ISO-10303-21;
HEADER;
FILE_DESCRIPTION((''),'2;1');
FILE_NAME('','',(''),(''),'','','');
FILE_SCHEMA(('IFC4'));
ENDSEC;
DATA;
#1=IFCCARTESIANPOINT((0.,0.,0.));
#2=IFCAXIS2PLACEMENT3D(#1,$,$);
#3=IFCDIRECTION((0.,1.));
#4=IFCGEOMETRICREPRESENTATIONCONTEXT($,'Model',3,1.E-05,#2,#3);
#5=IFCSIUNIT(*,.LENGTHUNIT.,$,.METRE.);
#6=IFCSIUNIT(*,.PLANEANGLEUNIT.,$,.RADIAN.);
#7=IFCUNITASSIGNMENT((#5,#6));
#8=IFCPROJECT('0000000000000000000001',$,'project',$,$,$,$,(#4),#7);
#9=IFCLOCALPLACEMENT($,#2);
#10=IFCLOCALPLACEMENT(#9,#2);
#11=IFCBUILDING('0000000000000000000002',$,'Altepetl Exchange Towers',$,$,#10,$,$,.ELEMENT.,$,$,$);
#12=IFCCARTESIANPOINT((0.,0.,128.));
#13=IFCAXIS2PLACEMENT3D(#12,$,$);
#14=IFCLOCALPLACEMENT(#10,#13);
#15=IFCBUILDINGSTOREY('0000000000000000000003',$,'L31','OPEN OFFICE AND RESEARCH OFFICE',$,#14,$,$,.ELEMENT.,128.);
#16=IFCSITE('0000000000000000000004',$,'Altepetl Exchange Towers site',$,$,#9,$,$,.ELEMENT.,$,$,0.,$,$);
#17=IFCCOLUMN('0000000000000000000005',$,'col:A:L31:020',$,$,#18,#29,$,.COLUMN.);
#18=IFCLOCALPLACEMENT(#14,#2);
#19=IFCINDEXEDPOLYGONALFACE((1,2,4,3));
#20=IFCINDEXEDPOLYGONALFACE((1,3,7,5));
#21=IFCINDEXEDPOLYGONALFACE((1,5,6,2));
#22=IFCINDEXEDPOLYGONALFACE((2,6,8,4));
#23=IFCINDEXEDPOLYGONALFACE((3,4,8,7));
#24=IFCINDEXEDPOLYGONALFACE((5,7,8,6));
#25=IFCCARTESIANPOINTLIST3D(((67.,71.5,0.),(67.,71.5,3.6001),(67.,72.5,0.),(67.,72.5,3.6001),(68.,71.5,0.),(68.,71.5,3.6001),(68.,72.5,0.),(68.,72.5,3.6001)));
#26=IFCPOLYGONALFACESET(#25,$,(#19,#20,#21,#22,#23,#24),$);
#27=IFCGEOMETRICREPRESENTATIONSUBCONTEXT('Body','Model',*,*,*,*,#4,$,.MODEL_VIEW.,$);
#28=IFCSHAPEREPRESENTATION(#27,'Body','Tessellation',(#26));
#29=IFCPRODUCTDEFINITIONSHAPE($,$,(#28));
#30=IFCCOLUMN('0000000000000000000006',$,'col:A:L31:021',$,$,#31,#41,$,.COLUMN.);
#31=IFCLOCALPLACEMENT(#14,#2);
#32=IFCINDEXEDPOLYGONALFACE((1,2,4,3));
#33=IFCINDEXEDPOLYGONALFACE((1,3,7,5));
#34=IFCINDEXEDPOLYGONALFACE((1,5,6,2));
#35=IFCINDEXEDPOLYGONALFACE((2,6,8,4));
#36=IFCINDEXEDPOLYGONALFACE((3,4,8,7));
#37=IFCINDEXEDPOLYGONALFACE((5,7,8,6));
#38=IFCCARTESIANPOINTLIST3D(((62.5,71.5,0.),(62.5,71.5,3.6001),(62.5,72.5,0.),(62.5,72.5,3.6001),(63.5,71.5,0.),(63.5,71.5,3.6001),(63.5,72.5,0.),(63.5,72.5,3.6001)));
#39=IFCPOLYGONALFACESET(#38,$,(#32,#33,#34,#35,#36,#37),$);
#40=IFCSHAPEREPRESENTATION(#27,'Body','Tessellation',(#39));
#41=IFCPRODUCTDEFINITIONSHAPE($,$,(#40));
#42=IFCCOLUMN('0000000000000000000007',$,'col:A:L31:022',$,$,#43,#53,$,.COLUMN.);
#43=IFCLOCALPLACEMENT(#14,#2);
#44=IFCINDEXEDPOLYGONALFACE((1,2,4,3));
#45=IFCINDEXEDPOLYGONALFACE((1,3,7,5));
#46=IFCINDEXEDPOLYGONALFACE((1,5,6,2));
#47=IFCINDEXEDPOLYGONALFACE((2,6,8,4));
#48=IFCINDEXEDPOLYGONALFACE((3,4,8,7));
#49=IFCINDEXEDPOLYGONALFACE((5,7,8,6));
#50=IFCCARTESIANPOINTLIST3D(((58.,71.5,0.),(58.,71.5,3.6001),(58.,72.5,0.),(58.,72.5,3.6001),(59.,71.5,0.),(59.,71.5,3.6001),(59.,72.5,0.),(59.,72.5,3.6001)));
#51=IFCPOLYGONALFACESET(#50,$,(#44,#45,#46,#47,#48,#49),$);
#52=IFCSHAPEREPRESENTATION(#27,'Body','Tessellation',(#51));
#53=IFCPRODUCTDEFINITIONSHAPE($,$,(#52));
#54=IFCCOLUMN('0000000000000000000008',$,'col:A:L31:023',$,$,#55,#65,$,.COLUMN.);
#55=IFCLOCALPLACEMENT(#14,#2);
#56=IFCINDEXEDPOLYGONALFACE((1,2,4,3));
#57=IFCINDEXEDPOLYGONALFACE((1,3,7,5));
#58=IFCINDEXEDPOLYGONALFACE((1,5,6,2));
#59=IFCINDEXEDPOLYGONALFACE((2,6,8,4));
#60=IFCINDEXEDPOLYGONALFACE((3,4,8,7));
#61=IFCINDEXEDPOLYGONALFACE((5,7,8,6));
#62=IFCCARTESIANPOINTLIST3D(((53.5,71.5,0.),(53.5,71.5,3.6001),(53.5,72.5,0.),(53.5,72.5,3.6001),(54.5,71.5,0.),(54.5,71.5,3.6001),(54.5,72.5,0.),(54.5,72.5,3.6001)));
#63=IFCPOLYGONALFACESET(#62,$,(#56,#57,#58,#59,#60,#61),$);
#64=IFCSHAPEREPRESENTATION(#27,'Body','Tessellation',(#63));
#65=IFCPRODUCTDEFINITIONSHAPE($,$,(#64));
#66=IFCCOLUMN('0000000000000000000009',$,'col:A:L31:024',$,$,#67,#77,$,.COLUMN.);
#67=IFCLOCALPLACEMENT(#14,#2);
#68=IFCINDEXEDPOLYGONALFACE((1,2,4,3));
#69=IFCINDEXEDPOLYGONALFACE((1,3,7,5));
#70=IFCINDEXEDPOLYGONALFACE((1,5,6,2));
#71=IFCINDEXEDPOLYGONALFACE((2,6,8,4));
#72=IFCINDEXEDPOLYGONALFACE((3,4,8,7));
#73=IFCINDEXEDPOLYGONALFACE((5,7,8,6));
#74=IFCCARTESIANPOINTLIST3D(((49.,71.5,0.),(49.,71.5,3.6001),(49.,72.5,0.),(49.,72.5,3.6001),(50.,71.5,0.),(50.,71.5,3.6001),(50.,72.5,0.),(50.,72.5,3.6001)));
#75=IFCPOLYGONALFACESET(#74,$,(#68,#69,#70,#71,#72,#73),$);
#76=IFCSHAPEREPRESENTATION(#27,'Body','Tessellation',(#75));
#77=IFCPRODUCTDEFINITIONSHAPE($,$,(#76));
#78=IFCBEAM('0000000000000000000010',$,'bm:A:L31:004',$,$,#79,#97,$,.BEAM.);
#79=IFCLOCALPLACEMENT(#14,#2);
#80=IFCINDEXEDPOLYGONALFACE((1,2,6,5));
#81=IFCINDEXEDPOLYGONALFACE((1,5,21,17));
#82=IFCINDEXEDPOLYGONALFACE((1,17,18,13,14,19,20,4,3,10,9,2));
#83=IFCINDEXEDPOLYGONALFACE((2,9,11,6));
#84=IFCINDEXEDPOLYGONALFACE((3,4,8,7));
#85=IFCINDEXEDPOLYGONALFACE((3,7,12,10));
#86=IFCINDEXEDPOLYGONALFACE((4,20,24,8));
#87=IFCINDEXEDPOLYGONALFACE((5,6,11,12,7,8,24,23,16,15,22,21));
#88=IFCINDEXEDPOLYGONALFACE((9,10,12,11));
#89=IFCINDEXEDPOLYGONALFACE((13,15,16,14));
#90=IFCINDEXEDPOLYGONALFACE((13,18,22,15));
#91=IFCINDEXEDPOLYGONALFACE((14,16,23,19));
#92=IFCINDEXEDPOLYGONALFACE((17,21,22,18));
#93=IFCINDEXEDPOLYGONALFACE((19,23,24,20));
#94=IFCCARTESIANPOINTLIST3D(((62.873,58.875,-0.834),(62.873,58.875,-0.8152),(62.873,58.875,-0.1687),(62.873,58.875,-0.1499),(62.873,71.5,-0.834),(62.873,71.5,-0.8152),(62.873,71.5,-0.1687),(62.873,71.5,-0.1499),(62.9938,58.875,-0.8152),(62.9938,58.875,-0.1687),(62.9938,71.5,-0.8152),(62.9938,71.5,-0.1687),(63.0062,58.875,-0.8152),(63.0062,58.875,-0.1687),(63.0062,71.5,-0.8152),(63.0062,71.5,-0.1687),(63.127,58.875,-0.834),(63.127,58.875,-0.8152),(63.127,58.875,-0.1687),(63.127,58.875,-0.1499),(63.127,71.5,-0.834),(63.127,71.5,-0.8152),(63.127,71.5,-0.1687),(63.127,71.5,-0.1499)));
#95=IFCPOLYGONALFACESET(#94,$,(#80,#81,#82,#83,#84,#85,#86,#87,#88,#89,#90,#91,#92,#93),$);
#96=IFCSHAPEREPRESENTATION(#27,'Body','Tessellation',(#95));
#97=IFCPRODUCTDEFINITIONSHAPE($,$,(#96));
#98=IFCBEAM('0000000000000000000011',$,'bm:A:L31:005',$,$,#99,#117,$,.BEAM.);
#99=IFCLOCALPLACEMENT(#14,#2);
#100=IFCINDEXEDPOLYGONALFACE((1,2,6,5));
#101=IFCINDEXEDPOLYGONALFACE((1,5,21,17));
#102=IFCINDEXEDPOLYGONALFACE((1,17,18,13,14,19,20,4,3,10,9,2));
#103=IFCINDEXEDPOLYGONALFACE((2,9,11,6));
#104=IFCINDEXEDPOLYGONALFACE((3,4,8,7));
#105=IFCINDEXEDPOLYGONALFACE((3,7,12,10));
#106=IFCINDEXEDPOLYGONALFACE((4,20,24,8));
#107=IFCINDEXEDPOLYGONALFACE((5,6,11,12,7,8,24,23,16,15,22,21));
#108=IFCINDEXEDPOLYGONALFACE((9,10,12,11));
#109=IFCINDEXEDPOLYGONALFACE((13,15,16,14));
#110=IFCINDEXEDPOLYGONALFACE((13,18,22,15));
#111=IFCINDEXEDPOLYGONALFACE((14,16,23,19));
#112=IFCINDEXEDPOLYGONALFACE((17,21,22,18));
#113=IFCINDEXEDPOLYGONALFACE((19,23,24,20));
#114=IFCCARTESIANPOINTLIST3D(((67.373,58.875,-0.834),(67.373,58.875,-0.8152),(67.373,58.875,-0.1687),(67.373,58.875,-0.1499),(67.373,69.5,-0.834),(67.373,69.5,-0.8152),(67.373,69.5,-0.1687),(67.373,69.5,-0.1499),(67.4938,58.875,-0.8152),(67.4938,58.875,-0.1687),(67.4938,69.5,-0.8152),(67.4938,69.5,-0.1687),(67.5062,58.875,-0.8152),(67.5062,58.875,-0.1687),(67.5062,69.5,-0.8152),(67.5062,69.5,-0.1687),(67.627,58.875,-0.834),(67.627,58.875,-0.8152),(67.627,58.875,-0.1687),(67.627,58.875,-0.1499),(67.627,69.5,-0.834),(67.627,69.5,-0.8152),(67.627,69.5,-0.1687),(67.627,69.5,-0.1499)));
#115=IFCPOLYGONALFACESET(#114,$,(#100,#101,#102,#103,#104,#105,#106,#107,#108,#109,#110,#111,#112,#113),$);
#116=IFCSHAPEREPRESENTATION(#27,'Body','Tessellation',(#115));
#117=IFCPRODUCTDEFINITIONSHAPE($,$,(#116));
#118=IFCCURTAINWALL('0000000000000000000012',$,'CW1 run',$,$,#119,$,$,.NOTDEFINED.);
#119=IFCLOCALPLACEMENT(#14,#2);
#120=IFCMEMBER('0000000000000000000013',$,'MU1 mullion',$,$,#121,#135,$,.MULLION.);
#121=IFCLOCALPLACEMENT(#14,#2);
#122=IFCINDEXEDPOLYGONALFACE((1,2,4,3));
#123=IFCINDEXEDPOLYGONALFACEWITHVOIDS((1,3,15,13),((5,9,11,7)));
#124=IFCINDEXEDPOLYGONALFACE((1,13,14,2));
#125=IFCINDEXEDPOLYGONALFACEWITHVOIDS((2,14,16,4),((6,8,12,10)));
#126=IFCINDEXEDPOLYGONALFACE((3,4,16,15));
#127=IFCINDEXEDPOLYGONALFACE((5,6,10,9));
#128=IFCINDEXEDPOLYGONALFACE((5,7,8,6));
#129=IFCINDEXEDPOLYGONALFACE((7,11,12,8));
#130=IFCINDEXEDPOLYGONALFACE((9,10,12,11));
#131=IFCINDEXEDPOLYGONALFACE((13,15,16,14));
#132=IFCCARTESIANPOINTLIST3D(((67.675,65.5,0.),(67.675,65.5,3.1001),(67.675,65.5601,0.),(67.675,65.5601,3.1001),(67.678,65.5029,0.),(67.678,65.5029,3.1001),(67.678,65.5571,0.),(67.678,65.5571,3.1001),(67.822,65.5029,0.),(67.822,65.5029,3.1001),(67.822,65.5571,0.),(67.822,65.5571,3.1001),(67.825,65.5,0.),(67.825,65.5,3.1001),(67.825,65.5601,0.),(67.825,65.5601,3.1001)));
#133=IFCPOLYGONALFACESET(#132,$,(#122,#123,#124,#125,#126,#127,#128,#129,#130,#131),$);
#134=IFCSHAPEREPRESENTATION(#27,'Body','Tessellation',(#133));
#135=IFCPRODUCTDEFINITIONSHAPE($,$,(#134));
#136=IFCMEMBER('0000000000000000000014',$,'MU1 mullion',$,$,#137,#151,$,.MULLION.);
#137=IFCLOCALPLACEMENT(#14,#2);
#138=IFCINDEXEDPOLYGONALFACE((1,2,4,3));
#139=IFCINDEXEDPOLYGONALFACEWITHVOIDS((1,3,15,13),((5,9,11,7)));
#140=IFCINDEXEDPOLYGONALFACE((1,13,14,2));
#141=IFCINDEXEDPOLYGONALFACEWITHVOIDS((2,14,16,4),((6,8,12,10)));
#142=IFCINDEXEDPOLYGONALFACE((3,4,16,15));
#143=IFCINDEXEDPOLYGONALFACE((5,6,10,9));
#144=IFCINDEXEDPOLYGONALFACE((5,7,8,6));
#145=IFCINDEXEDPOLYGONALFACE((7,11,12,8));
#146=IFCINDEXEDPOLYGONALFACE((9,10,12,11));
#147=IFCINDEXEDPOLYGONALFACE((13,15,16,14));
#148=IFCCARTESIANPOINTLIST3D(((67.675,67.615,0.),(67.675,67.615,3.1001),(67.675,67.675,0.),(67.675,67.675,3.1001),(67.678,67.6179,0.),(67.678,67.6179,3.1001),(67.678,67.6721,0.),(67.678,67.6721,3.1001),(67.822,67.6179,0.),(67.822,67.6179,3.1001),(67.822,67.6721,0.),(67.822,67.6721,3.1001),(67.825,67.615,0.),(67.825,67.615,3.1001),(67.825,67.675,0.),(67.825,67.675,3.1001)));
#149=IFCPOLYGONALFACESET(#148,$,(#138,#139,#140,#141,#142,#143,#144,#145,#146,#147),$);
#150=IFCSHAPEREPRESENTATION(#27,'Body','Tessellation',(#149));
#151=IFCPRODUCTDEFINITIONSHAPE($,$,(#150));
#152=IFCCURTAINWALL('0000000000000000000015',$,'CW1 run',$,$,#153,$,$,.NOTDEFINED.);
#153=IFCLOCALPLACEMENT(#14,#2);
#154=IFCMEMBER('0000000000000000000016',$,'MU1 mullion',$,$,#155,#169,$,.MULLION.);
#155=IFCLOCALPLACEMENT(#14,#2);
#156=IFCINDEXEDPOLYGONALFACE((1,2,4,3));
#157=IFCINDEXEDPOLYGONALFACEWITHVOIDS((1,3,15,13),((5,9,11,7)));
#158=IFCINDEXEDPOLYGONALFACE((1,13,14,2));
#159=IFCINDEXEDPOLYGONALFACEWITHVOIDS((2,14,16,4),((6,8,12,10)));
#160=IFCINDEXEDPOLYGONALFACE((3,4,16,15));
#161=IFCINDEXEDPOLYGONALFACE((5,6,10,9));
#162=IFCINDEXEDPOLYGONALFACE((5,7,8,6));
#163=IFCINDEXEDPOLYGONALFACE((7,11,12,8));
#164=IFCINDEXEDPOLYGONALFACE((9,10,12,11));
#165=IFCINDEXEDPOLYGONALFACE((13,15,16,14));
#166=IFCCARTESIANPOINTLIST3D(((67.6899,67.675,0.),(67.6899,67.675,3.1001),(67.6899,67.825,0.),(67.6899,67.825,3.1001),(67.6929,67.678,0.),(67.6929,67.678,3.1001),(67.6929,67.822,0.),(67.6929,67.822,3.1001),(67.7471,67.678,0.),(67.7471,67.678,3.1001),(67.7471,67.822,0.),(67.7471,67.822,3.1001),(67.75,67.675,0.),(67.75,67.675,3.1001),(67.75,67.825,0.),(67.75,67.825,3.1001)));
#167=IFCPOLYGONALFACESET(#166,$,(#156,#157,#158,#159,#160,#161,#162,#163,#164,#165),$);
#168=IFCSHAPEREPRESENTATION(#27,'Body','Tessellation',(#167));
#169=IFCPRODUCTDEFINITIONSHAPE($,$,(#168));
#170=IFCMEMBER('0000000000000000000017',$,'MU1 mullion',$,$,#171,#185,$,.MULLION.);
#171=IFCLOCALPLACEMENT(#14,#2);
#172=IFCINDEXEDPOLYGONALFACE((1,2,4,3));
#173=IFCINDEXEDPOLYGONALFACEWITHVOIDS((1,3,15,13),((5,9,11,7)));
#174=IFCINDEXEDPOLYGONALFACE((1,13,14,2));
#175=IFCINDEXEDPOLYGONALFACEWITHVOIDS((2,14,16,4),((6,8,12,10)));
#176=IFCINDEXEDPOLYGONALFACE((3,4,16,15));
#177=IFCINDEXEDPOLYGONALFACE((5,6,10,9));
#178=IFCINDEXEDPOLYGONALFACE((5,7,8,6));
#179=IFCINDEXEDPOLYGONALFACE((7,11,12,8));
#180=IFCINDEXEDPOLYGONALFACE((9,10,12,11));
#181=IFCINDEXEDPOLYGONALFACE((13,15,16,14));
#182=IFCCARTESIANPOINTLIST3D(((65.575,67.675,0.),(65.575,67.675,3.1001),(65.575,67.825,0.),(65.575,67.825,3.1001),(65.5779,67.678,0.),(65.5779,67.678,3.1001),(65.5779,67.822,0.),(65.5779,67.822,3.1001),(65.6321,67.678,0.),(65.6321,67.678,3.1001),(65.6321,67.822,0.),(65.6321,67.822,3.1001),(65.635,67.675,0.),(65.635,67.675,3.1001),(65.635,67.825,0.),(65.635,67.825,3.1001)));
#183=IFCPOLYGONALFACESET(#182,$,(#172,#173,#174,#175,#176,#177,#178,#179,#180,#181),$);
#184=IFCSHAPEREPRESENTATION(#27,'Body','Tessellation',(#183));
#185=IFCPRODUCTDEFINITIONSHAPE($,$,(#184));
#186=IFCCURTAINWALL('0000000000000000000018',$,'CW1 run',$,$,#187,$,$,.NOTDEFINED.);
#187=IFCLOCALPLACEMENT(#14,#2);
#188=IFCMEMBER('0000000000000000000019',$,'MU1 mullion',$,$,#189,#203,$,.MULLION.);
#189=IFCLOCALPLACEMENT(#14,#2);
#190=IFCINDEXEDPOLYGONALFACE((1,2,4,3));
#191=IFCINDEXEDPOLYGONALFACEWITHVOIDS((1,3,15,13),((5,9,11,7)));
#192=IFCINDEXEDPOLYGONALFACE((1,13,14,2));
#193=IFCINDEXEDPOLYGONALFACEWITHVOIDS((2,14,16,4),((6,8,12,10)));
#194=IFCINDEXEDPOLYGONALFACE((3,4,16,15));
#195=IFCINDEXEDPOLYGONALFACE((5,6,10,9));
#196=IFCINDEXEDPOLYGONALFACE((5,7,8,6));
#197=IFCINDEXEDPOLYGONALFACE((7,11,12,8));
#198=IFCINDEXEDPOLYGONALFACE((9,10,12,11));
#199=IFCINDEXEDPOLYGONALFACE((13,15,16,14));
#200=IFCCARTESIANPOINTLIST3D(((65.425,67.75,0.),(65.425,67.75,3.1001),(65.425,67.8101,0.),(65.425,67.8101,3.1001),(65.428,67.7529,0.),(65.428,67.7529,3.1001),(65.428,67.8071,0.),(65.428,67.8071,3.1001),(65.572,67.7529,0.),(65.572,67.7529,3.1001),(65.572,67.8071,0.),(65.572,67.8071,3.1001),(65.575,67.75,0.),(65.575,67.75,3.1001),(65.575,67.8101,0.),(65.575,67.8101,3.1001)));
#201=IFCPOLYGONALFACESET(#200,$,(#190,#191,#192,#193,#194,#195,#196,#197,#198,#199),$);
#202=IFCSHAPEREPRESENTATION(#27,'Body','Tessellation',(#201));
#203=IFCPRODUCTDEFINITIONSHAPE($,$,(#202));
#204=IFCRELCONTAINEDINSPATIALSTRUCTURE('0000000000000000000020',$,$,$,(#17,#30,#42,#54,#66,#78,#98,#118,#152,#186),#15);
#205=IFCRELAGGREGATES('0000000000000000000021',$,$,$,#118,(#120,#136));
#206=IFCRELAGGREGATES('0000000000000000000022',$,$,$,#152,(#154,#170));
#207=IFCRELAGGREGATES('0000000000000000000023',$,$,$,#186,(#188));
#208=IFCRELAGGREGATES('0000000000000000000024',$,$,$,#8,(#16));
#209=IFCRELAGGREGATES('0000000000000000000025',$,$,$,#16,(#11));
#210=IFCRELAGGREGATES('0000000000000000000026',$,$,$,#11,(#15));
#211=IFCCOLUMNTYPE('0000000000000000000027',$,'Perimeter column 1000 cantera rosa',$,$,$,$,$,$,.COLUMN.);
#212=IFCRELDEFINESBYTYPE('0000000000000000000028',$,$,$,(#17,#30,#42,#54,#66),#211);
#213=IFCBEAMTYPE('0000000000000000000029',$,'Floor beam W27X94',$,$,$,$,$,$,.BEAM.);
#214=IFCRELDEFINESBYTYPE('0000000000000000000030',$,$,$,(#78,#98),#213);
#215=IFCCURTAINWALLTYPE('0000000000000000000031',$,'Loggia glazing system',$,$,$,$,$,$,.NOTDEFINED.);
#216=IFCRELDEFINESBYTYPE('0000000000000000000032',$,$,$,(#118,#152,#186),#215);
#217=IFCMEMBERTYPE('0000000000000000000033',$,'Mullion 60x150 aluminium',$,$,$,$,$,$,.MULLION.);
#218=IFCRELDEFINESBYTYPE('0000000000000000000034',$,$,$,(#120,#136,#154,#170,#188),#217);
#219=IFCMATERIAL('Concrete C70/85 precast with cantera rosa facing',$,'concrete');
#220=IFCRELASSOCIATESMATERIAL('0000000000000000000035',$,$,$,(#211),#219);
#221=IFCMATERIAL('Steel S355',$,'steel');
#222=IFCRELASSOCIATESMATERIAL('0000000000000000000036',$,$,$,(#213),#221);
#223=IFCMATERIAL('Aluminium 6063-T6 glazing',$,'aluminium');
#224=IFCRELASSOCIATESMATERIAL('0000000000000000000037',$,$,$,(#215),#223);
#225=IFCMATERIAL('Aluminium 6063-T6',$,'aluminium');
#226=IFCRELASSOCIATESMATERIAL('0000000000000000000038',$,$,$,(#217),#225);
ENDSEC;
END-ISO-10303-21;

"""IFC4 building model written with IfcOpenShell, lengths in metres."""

from ifc_helpers import new_model, si_unit, direction, frame, origin, origin_2d, place, context, subcontext, project, spatial, rectangle, hollow_rectangle, i_section, extrude, material, material_profile, profile_set, type_object, element, aggregate, save


model = new_model("IFC4")

# Units and contexts
model_context = context("Model", 3, precision=1e-05, world=origin(), true_north=direction((0.0, 1.0)))
body_context = subcontext(model_context, "Body", "Model", "MODEL_VIEW")
ifc_project = project(units=[si_unit("LENGTHUNIT", "METRE"), si_unit("PLANEANGLEUNIT", "RADIAN")], contexts=[model_context])

# Site, building, storey
site_placement = place(None, origin())
site = spatial("IfcSite", under=ifc_project, at=site_placement, Name="Altepetl Exchange Towers site", CompositionType="ELEMENT", RefElevation=0.0)
building_placement = place(site_placement, origin())
building = spatial("IfcBuilding", under=site, at=building_placement, Name="Altepetl Exchange Towers", CompositionType="ELEMENT")
storey_placement = place(building_placement, frame((0.0, 0.0, 128.0)))
storey = spatial("IfcBuildingStorey", under=building, at=storey_placement, Name="L31", Description="OPEN OFFICE AND RESEARCH OFFICE", CompositionType="ELEMENT", Elevation=128.0)

# Columns
ifc_material_1 = material(Name="Concrete C70/85 precast with cantera rosa facing", Category="concrete")
ifc_material_profile_1 = material_profile(ifc_material_1, rectangle(XDim=1.0, YDim=1.0, at=origin_2d()), Name="1000 x 1000")
ifc_profile_set_1 = profile_set([ifc_material_profile_1], Name="Concrete C70/85 precast with cantera rosa facing")
column_type = type_object("IfcColumnType", Name="Perimeter column 1000 cantera rosa", PredefinedType="COLUMN", material=ifc_profile_set_1)
for number, where, name in (
    (1, (67.5, 72.0, 0.0), "col:A:L31:020"),
    (2, (63.0, 72.0, 0.0), "col:A:L31:021"),
    (3, (58.5, 72.0, 0.0), "col:A:L31:022"),
    (4, (54.0, 72.0, 0.0), "col:A:L31:023"),
    (5, (49.5, 72.0, 0.0), "col:A:L31:024"),
):
    element("IfcColumn", number, at=place(storey_placement, frame(where)), inside=storey, type_object=column_type, Name=name, PredefinedType="COLUMN", context=body_context, shape_type="SweptSolid", body=[
        extrude(rectangle(XDim=1.0, YDim=1.0, at=origin_2d()), origin(), (0.0, 0.0, 1.0), 3.6001),
    ])

# Beams
ifc_material_2 = material(Name="Steel S355", Category="steel")
ifc_material_profile_2 = material_profile(ifc_material_2, i_section(OverallWidth=0.2539, OverallDepth=0.6841, WebThickness=0.0125, FlangeThickness=0.0188, at=origin_2d()), Name="W27X94")
ifc_profile_set_2 = profile_set([ifc_material_profile_2], Name="Steel S355")
beam_type_1 = type_object("IfcBeamType", Name="Floor beam W27X94", PredefinedType="BEAM", material=ifc_profile_set_2)
beam_1_placement = place(storey_placement, frame((63.0, 58.875, -0.4919), z_axis=(0.0, 1.0, 0.0), x_axis=(-1.0, 0.0, 0.0)))
element("IfcBeam", 6, at=beam_1_placement, inside=storey, type_object=beam_type_1, Name="bm:A:L31:004", PredefinedType="BEAM", context=body_context, shape_type="SweptSolid", body=[
    extrude(i_section(OverallWidth=0.2539, OverallDepth=0.6841, WebThickness=0.0125, FlangeThickness=0.0188, at=origin_2d()), origin(), (0.0, 0.0, 1.0), 12.625),
])
beam_2_placement = place(storey_placement, frame((67.5, 58.875, -0.4919), z_axis=(0.0, 1.0, 0.0), x_axis=(-1.0, 0.0, 0.0)))
element("IfcBeam", 7, at=beam_2_placement, inside=storey, type_object=beam_type_1, Name="bm:A:L31:005", PredefinedType="BEAM", context=body_context, shape_type="SweptSolid", body=[
    extrude(i_section(OverallWidth=0.2539, OverallDepth=0.6841, WebThickness=0.0125, FlangeThickness=0.0188, at=origin_2d()), origin(), (0.0, 0.0, 1.0), 10.625),
])

# Curtain walls, members
ifc_material_3 = material(Name="Aluminium 6063-T6 glazing", Category="aluminium")
curtain_wall_type = type_object("IfcCurtainWallType", Name="Loggia glazing system", PredefinedType="NOTDEFINED", material=ifc_material_3)
curtain_wall_1_placement = place(storey_placement, origin())
curtain_wall_1 = element("IfcCurtainWall", 8, at=curtain_wall_1_placement, inside=storey, type_object=curtain_wall_type, Name="CW1 run", PredefinedType="NOTDEFINED")
ifc_material_4 = material(Name="Aluminium 6063-T6", Category="aluminium")
ifc_material_profile_3 = material_profile(ifc_material_4, hollow_rectangle(XDim=0.0601, YDim=0.1499, WallThickness=0.0029, at=origin_2d()), Name="Mullion 60x150 aluminium")
ifc_profile_set_3 = profile_set([ifc_material_profile_3], Name="Aluminium 6063-T6")
member_type = type_object("IfcMemberType", Name="Mullion 60x150 aluminium", PredefinedType="MULLION", material=ifc_profile_set_3)
member_1_placement = place(storey_placement, frame((67.75, 65.53, 0.0), z_axis=(0.0, 0.0, 1.0), x_axis=(0.0, 1.0, 0.0)))
member_1 = element("IfcMember", 9, at=member_1_placement, type_object=member_type, Name="MU1 mullion", PredefinedType="MULLION", context=body_context, shape_type="SweptSolid", body=[
    extrude(hollow_rectangle(XDim=0.0601, YDim=0.1499, WallThickness=0.0029, at=origin_2d()), origin(), (0.0, 0.0, 1.0), 3.1001),
])
member_2_placement = place(storey_placement, frame((67.75, 67.645, 0.0), z_axis=(0.0, 0.0, 1.0), x_axis=(0.0, 1.0, 0.0)))
member_2 = element("IfcMember", 10, at=member_2_placement, type_object=member_type, Name="MU1 mullion", PredefinedType="MULLION", context=body_context, shape_type="SweptSolid", body=[
    extrude(hollow_rectangle(XDim=0.0601, YDim=0.1499, WallThickness=0.0029, at=origin_2d()), origin(), (0.0, 0.0, 1.0), 3.1001),
])
aggregate(curtain_wall_1, [member_1, member_2])
curtain_wall_2_placement = place(storey_placement, origin())
curtain_wall_2 = element("IfcCurtainWall", 11, at=curtain_wall_2_placement, inside=storey, type_object=curtain_wall_type, Name="CW1 run", PredefinedType="NOTDEFINED")
member_3_placement = place(storey_placement, frame((67.72, 67.75, 0.0), z_axis=(0.0, 0.0, 1.0), x_axis=(-1.0, 0.0, 0.0)))
member_3 = element("IfcMember", 12, at=member_3_placement, type_object=member_type, Name="MU1 mullion", PredefinedType="MULLION", context=body_context, shape_type="SweptSolid", body=[
    extrude(hollow_rectangle(XDim=0.0601, YDim=0.1499, WallThickness=0.0029, at=origin_2d()), origin(), (0.0, 0.0, 1.0), 3.1001),
])
member_4_placement = place(storey_placement, frame((65.605, 67.75, 0.0), z_axis=(0.0, 0.0, 1.0), x_axis=(-1.0, 0.0, 0.0)))
member_4 = element("IfcMember", 13, at=member_4_placement, type_object=member_type, Name="MU1 mullion", PredefinedType="MULLION", context=body_context, shape_type="SweptSolid", body=[
    extrude(hollow_rectangle(XDim=0.0601, YDim=0.1499, WallThickness=0.0029, at=origin_2d()), origin(), (0.0, 0.0, 1.0), 3.1001),
])
curtain_wall_3_placement = place(storey_placement, origin())
curtain_wall_3 = element("IfcCurtainWall", 14, at=curtain_wall_3_placement, inside=storey, type_object=curtain_wall_type, Name="CW1 run", PredefinedType="NOTDEFINED")
member_5_placement = place(storey_placement, frame((65.5, 67.78, 0.0), z_axis=(0.0, 0.0, 1.0), x_axis=(0.0, 1.0, 0.0)))
member_5 = element("IfcMember", 15, at=member_5_placement, type_object=member_type, Name="MU1 mullion", PredefinedType="MULLION", context=body_context, shape_type="SweptSolid", body=[
    extrude(hollow_rectangle(XDim=0.0601, YDim=0.1499, WallThickness=0.0029, at=origin_2d()), origin(), (0.0, 0.0, 1.0), 3.1001),
])

aggregate(curtain_wall_2, [member_3, member_4])
aggregate(curtain_wall_3, [member_5])

save(model, "model.ifc")
